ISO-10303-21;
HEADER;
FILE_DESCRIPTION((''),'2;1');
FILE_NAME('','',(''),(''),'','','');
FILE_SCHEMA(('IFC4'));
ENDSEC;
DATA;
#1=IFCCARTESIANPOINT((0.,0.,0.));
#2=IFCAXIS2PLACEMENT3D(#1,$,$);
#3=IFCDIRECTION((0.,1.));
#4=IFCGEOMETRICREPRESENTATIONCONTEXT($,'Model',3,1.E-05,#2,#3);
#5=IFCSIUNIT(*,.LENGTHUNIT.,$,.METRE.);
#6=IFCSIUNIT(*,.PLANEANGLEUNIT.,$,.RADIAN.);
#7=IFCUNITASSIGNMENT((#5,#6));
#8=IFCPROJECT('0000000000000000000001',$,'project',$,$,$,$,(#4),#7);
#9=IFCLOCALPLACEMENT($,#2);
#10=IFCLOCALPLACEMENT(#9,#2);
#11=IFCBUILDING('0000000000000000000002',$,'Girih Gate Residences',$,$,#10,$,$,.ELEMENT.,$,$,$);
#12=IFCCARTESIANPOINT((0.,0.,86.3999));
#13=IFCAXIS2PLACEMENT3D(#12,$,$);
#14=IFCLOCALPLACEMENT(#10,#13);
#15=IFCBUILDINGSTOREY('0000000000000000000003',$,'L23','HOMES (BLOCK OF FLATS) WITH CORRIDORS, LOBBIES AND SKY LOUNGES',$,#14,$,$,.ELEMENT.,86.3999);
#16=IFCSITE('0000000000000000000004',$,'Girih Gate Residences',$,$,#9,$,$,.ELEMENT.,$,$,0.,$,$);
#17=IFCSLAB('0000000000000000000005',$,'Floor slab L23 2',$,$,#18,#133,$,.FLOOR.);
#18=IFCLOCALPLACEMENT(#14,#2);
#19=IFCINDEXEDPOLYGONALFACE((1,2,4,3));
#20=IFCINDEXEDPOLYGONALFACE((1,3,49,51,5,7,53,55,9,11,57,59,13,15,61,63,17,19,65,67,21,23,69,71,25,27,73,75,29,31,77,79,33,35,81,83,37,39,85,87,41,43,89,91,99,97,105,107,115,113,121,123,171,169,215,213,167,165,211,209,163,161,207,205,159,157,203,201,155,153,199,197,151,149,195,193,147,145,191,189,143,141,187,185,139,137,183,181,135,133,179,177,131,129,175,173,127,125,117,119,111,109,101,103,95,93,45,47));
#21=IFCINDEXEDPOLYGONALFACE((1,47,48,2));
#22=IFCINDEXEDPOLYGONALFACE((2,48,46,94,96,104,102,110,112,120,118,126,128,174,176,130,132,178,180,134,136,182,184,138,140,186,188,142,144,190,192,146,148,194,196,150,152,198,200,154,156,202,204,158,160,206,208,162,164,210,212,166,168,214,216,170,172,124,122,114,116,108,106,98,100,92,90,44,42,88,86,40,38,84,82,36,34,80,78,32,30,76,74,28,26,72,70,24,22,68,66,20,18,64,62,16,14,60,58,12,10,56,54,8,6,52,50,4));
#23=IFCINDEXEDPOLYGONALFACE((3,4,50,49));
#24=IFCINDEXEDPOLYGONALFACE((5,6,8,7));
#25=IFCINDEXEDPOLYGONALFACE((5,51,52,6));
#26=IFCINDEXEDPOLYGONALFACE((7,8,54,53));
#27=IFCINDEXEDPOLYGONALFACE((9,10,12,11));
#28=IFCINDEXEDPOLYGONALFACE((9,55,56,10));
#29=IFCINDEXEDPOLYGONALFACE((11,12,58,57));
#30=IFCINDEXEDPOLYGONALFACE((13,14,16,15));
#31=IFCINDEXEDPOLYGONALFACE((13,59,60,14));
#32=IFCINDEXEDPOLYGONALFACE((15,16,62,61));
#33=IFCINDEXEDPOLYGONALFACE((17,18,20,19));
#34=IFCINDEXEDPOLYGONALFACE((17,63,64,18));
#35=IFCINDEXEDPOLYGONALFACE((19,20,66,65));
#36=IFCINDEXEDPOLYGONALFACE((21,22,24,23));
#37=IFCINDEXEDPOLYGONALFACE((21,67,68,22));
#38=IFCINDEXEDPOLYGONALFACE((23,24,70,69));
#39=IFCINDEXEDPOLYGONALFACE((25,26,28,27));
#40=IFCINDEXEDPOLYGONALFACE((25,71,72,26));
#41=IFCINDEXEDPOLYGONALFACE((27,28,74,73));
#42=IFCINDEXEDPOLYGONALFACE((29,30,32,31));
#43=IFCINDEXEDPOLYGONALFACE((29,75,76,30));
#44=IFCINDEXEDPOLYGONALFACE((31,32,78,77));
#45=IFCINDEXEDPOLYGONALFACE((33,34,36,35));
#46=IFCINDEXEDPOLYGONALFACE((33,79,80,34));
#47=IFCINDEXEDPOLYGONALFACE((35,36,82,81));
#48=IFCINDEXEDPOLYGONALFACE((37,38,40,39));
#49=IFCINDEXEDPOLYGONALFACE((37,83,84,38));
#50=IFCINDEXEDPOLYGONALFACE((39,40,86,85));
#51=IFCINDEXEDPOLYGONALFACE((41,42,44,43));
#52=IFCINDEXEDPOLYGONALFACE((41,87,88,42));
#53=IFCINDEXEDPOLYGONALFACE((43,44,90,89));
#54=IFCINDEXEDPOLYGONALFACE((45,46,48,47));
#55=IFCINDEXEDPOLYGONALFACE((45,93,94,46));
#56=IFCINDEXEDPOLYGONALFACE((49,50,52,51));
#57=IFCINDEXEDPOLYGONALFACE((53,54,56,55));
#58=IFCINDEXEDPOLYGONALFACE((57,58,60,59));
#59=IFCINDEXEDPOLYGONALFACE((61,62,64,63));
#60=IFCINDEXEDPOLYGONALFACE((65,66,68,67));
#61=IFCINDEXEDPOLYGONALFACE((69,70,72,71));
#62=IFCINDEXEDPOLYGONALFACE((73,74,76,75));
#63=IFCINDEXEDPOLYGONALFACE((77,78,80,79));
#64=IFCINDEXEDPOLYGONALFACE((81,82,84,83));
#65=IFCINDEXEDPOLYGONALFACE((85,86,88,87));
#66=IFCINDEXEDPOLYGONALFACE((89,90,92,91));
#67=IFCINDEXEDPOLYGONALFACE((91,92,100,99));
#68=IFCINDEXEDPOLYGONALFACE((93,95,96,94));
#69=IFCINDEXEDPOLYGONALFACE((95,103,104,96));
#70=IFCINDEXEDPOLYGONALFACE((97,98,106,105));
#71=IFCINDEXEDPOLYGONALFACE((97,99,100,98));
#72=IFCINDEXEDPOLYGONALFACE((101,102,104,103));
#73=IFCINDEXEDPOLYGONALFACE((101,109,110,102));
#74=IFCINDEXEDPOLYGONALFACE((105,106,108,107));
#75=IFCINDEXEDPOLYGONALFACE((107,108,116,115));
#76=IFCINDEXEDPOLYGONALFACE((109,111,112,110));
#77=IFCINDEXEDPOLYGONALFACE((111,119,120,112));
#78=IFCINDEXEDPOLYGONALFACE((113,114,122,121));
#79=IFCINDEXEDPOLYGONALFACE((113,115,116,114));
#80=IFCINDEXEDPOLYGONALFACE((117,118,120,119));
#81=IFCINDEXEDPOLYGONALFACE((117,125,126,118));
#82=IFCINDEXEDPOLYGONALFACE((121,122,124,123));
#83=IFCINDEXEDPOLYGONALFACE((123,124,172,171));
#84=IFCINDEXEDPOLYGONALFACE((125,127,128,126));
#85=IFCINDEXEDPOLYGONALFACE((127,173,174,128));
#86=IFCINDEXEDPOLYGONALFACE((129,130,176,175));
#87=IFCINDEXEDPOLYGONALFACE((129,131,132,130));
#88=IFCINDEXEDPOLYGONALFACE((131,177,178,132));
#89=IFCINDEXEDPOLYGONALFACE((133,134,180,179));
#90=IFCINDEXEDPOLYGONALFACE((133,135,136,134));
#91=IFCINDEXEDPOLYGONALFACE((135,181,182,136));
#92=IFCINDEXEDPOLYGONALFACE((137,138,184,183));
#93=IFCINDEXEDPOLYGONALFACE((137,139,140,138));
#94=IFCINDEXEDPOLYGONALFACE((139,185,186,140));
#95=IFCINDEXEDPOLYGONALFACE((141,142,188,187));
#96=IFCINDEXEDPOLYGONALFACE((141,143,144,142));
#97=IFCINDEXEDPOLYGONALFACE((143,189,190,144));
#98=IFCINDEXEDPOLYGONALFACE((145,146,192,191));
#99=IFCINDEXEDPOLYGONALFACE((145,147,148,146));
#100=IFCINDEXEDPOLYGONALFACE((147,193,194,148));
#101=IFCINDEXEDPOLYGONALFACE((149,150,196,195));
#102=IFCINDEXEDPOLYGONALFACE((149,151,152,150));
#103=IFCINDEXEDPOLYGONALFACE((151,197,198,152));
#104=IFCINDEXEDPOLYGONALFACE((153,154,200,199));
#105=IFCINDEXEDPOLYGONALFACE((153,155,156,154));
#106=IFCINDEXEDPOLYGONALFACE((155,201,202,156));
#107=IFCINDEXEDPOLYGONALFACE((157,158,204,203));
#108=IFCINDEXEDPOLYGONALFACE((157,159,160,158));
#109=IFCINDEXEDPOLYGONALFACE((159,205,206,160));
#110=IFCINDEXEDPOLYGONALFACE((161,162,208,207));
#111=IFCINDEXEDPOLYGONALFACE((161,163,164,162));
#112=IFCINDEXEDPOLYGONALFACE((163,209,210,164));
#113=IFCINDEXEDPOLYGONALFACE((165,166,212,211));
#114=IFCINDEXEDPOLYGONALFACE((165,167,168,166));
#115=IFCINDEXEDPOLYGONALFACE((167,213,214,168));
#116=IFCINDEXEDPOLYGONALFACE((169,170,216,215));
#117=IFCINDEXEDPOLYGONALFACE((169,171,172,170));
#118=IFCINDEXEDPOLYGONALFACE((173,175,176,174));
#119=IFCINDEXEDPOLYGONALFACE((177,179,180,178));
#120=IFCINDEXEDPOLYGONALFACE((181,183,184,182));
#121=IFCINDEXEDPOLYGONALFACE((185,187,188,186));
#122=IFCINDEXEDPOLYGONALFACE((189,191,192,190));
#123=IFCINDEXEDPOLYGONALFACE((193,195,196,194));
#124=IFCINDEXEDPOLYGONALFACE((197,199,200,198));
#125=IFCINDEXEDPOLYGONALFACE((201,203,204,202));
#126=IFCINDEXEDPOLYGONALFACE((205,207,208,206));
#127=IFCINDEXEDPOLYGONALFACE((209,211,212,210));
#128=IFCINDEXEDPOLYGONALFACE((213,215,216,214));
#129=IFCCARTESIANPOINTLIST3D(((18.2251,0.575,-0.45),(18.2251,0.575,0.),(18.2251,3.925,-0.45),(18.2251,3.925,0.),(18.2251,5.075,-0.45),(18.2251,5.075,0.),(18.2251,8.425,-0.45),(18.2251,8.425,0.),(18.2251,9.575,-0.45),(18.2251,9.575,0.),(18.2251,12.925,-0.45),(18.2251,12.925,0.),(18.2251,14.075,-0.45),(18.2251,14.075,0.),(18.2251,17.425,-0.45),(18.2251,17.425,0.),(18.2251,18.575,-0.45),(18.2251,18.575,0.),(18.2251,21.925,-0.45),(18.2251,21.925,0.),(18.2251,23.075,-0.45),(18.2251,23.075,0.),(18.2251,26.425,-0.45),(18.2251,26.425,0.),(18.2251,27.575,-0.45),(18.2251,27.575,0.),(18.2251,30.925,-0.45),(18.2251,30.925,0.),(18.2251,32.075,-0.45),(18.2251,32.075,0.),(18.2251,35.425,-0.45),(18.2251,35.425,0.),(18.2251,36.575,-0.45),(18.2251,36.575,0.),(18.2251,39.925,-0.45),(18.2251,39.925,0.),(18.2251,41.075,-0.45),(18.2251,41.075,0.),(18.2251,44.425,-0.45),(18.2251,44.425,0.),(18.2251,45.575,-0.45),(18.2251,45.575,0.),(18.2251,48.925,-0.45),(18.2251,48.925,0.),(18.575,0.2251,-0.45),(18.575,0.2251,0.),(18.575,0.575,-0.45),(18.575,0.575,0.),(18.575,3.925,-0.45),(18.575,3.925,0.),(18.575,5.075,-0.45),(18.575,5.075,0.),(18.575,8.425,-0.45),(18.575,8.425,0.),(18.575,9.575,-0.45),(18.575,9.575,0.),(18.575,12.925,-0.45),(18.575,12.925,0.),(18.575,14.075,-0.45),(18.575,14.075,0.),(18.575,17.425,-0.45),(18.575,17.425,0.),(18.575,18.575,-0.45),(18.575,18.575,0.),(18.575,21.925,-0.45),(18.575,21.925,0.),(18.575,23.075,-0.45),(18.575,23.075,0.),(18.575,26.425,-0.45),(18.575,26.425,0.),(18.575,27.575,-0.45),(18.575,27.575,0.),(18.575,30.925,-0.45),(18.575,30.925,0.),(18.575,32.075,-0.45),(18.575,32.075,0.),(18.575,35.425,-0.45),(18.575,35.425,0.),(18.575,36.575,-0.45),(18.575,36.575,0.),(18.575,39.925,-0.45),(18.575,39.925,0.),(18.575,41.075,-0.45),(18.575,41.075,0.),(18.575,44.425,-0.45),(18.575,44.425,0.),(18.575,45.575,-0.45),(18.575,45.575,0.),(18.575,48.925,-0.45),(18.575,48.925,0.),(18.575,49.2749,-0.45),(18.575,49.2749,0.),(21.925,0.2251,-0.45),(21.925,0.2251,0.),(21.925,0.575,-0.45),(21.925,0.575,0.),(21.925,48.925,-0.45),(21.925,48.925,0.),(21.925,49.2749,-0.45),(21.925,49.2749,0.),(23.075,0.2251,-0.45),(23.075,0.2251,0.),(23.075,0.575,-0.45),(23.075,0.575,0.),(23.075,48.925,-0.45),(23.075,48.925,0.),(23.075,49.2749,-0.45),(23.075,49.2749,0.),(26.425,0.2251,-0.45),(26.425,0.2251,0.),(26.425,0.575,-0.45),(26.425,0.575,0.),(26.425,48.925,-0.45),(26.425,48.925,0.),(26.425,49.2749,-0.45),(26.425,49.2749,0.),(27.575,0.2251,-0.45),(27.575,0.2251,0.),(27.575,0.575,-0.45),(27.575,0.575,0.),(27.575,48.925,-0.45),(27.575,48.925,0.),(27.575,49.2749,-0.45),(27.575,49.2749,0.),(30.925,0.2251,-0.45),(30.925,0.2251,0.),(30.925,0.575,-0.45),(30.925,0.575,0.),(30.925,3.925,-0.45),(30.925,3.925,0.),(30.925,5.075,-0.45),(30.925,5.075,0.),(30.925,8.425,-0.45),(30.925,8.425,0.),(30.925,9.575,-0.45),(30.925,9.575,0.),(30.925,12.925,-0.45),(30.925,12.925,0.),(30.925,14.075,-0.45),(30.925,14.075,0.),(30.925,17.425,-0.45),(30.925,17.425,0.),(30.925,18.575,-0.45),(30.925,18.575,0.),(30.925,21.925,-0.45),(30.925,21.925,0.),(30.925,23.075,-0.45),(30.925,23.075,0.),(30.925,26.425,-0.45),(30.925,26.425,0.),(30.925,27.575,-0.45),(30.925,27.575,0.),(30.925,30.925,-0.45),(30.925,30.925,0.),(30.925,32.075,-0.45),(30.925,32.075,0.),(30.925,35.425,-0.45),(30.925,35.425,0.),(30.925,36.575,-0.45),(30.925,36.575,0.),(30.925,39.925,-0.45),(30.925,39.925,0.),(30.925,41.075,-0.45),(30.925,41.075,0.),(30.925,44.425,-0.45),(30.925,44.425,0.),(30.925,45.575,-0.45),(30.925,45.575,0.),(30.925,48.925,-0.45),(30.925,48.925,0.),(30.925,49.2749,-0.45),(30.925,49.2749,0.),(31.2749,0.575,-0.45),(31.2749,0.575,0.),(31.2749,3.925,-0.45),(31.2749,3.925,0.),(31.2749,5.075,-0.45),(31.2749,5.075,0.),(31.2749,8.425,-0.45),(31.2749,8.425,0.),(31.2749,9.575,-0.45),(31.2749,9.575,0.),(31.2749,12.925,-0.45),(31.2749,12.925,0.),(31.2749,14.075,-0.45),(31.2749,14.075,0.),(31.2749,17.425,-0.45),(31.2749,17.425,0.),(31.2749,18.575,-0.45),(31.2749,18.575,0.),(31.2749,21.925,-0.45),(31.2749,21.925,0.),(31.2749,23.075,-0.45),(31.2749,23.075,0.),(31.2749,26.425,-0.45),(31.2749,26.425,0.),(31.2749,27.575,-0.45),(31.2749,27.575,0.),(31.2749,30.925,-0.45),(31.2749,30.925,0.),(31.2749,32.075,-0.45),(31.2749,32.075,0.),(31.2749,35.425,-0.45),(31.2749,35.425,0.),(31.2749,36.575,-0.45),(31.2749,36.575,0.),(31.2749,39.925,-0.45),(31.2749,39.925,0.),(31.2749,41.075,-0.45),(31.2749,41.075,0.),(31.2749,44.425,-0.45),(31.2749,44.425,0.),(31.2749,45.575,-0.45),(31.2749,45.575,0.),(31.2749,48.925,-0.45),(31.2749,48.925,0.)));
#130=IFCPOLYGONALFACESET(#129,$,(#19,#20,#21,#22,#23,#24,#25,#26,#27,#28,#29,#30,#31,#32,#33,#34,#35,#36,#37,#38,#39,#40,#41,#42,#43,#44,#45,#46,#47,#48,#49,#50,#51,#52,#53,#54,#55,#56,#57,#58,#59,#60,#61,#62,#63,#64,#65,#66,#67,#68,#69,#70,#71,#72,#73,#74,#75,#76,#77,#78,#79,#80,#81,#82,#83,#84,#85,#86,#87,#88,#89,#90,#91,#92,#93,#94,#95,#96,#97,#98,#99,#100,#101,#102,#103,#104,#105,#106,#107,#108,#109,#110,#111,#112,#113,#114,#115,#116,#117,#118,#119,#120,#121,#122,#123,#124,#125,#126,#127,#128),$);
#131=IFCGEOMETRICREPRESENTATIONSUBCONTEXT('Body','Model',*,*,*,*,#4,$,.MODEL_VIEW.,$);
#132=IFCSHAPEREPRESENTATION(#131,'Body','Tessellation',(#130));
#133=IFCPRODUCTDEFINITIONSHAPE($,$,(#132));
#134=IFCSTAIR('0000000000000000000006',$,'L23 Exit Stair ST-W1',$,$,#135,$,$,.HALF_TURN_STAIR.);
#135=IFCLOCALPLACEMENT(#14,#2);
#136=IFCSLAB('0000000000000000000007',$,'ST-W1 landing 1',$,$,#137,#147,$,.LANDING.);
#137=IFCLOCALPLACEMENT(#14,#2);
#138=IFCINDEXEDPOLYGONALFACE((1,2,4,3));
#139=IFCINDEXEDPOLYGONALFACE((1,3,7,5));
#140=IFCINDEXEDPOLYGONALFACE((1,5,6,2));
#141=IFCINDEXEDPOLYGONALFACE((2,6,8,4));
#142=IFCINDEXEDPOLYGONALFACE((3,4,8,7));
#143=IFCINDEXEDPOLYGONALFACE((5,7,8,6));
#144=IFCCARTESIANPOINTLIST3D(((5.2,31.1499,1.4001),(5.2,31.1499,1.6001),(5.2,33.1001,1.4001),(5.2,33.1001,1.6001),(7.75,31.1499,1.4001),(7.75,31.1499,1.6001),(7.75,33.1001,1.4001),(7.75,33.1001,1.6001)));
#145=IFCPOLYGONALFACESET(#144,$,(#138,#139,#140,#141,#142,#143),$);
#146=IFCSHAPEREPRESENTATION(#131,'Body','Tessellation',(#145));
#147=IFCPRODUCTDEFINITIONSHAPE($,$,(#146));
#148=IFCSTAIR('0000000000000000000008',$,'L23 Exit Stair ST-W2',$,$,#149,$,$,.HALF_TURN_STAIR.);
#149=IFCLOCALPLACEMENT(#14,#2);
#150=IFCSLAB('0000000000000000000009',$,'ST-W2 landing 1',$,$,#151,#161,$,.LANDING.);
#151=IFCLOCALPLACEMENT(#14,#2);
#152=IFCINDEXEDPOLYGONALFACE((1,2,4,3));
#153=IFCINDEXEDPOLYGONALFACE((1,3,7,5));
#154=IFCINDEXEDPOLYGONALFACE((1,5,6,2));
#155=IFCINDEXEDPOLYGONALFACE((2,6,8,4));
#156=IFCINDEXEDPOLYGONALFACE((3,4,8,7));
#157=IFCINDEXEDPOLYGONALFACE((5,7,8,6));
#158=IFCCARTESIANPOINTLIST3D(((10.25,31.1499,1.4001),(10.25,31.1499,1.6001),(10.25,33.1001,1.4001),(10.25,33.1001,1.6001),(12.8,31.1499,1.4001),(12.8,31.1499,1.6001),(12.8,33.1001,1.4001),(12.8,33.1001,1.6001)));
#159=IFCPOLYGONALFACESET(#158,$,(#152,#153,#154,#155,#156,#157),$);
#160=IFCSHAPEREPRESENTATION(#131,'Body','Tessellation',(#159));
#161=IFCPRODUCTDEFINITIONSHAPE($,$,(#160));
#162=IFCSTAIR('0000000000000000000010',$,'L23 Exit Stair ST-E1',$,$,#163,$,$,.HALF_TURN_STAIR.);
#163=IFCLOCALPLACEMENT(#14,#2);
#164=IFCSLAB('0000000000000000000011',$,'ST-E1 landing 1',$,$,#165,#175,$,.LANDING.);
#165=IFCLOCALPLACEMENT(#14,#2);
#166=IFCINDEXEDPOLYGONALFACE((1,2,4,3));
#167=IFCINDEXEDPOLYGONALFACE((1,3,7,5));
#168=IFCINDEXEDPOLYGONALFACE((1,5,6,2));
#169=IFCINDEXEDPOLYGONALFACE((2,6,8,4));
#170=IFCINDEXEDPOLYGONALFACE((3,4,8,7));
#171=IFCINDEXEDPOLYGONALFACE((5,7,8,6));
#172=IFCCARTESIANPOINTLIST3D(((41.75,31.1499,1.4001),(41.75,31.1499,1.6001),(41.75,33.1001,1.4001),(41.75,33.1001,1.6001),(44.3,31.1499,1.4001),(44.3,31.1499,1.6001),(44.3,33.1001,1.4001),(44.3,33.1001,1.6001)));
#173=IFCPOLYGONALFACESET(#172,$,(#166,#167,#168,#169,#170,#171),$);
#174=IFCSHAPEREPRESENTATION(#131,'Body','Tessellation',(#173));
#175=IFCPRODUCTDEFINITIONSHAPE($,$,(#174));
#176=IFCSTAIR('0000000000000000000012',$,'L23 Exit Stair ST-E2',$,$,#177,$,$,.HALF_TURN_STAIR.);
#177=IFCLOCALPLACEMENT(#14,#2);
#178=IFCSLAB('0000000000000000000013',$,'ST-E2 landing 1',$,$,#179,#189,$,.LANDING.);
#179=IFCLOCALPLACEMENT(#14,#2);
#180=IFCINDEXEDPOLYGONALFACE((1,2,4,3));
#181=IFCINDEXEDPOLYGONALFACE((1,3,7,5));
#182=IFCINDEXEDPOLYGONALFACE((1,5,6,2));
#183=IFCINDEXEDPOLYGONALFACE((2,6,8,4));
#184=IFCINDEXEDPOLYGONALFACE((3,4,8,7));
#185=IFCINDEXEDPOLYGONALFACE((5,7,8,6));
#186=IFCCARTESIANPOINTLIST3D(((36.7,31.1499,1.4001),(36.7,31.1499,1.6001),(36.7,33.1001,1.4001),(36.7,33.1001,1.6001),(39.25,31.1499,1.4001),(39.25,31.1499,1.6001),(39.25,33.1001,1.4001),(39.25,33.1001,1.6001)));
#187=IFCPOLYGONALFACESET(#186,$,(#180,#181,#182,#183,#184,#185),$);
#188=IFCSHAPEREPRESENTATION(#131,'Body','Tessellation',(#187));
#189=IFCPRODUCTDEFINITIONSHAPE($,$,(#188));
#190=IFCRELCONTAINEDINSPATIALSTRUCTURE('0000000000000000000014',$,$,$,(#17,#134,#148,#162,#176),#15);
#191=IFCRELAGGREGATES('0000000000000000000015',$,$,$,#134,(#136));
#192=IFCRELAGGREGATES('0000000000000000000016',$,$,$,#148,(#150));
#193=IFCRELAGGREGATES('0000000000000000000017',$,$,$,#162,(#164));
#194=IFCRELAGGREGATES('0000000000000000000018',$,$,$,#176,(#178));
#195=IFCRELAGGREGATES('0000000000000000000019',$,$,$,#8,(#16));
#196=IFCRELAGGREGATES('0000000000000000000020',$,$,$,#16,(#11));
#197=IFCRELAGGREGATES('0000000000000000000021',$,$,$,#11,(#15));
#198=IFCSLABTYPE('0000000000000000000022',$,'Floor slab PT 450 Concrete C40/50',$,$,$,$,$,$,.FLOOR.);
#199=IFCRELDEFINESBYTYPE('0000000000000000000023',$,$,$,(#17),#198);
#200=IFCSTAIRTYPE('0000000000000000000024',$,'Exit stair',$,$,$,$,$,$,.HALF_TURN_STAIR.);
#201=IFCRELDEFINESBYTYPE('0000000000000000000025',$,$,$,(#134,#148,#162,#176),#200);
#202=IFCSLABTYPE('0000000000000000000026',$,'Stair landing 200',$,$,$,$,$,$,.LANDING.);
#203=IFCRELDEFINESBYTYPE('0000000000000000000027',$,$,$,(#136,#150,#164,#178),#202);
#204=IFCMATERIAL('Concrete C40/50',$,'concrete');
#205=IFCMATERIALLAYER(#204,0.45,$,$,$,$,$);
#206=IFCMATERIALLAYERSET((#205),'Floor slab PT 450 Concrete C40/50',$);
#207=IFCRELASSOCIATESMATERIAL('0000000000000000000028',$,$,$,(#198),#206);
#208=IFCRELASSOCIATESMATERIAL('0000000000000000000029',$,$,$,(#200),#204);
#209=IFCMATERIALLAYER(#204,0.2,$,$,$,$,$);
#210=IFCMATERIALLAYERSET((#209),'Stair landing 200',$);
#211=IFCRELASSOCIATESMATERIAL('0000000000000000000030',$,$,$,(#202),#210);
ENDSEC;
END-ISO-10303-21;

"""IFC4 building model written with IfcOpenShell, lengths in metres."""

from ifc_helpers import new_model, si_unit, direction, frame, origin, place, context, subcontext, project, spatial, polyline, outline, extrude, material, layer, layer_set, type_object, element, aggregate, save


model = new_model("IFC4")

# Units and contexts
model_context = context("Model", 3, precision=1e-05, world=origin(), true_north=direction((0.0, 1.0)))
body_context = subcontext(model_context, "Body", "Model", "MODEL_VIEW")
ifc_project = project(units=[si_unit("LENGTHUNIT", "METRE"), si_unit("PLANEANGLEUNIT", "RADIAN")], contexts=[model_context])

# Site, building, storey
site_placement = place(None, origin())
site = spatial("IfcSite", under=ifc_project, at=site_placement, Name="Girih Gate Residences", CompositionType="ELEMENT", RefElevation=0.0)
building_placement = place(site_placement, origin())
building = spatial("IfcBuilding", under=site, at=building_placement, Name="Girih Gate Residences", CompositionType="ELEMENT")
storey_placement = place(building_placement, frame((0.0, 0.0, 86.3999)))
storey = spatial("IfcBuildingStorey", under=building, at=storey_placement, Name="L23", Description="HOMES (BLOCK OF FLATS) WITH CORRIDORS, LOBBIES AND SKY LOUNGES", CompositionType="ELEMENT", Elevation=86.3999)

# Slab
ifc_material_1 = material(Name="Concrete C40/50", Category="concrete")
ifc_layer_1 = layer(ifc_material_1, 0.45)
ifc_layer_set_1 = layer_set([ifc_layer_1], Name="Floor slab PT 450 Concrete C40/50")
slab_type_1 = type_object("IfcSlabType", Name="Floor slab PT 450 Concrete C40/50", PredefinedType="FLOOR", material=ifc_layer_set_1)
slab_1_placement = place(storey_placement, frame((0.0, 0.0, -0.45)))
element("IfcSlab", 1, at=slab_1_placement, inside=storey, type_object=slab_type_1, Name="Floor slab L23 2", PredefinedType="FLOOR", context=body_context, shape_type="SweptSolid", body=[
    extrude(outline(polyline([(21.925, 49.2749), (18.575, 49.2749), (18.575, 48.925), (18.2251, 48.925), (18.2251, 45.575), (18.575, 45.575), (18.575, 44.425), (18.2251, 44.425), (18.2251, 41.075), (18.575, 41.075), (18.575, 39.925), (18.2251, 39.925), (18.2251, 36.575), (18.575, 36.575), (18.575, 35.425), (18.2251, 35.425), (18.2251, 32.075), (18.575, 32.075), (18.575, 30.925), (18.2251, 30.925), (18.2251, 27.575), (18.575, 27.575), (18.575, 26.425), (18.2251, 26.425), (18.2251, 23.075), (18.575, 23.075), (18.575, 21.925), (18.2251, 21.925), (18.2251, 18.575), (18.575, 18.575), (18.575, 17.425), (18.2251, 17.425), (18.2251, 14.075), (18.575, 14.075), (18.575, 12.925), (18.2251, 12.925), (18.2251, 9.575), (18.575, 9.575), (18.575, 8.425), (18.2251, 8.425), (18.2251, 5.075), (18.575, 5.075), (18.575, 3.925), (18.2251, 3.925), (18.2251, 0.575), (18.575, 0.575), (18.575, 0.2251), (21.925, 0.2251), (21.925, 0.575), (23.075, 0.575), (23.075, 0.2251), (26.425, 0.2251), (26.425, 0.575), (27.575, 0.575), (27.575, 0.2251), (30.925, 0.2251), (30.925, 0.575), (31.2749, 0.575), (31.2749, 3.925), (30.925, 3.925), (30.925, 5.075), (31.2749, 5.075), (31.2749, 8.425), (30.925, 8.425), (30.925, 9.575), (31.2749, 9.575), (31.2749, 12.925), (30.925, 12.925), (30.925, 14.075), (31.2749, 14.075), (31.2749, 17.425), (30.925, 17.425), (30.925, 18.575), (31.2749, 18.575), (31.2749, 21.925), (30.925, 21.925), (30.925, 23.075), (31.2749, 23.075), (31.2749, 26.425), (30.925, 26.425), (30.925, 27.575), (31.2749, 27.575), (31.2749, 30.925), (30.925, 30.925), (30.925, 32.075), (31.2749, 32.075), (31.2749, 35.425), (30.925, 35.425), (30.925, 36.575), (31.2749, 36.575), (31.2749, 39.925), (30.925, 39.925), (30.925, 41.075), (31.2749, 41.075), (31.2749, 44.425), (30.925, 44.425), (30.925, 45.575), (31.2749, 45.575), (31.2749, 48.925), (30.925, 48.925), (30.925, 49.2749), (27.575, 49.2749), (27.575, 48.925), (26.425, 48.925), (26.425, 49.2749), (23.075, 49.2749), (23.075, 48.925), (21.925, 48.925), (21.925, 49.2749)])), origin(), (0.0, 0.0, 1.0), 0.45),
])

# Stairs, slabs
stair_type = type_object("IfcStairType", Name="Exit stair", PredefinedType="HALF_TURN_STAIR", material=ifc_material_1)
stair_1_placement = place(storey_placement, origin())
stair_1 = element("IfcStair", 2, at=stair_1_placement, inside=storey, type_object=stair_type, Name="L23 Exit Stair ST-W1", PredefinedType="HALF_TURN_STAIR")
ifc_layer_2 = layer(ifc_material_1, 0.2)
ifc_layer_set_2 = layer_set([ifc_layer_2], Name="Stair landing 200")
slab_type_2 = type_object("IfcSlabType", Name="Stair landing 200", PredefinedType="LANDING", material=ifc_layer_set_2)
slab_2_placement = place(storey_placement, frame((0.0, 0.0, 1.4001)))
slab_2 = element("IfcSlab", 3, at=slab_2_placement, type_object=slab_type_2, Name="ST-W1 landing 1", PredefinedType="LANDING", context=body_context, shape_type="SweptSolid", body=[
    extrude(outline(polyline([(7.75, 31.1499), (7.75, 33.1001), (5.2, 33.1001), (5.2, 31.1499), (7.75, 31.1499)])), origin(), (0.0, 0.0, 1.0), 0.2),
])
aggregate(stair_1, [slab_2])
stair_2_placement = place(storey_placement, origin())
stair_2 = element("IfcStair", 4, at=stair_2_placement, inside=storey, type_object=stair_type, Name="L23 Exit Stair ST-W2", PredefinedType="HALF_TURN_STAIR")
slab_3_placement = place(storey_placement, frame((0.0, 0.0, 1.4001)))
slab_3 = element("IfcSlab", 5, at=slab_3_placement, type_object=slab_type_2, Name="ST-W2 landing 1", PredefinedType="LANDING", context=body_context, shape_type="SweptSolid", body=[
    extrude(outline(polyline([(12.8, 31.1499), (12.8, 33.1001), (10.25, 33.1001), (10.25, 31.1499), (12.8, 31.1499)])), origin(), (0.0, 0.0, 1.0), 0.2),
])
aggregate(stair_2, [slab_3])
stair_3_placement = place(storey_placement, origin())
stair_3 = element("IfcStair", 6, at=stair_3_placement, inside=storey, type_object=stair_type, Name="L23 Exit Stair ST-E1", PredefinedType="HALF_TURN_STAIR")
slab_4_placement = place(storey_placement, frame((0.0, 0.0, 1.4001)))
slab_4 = element("IfcSlab", 7, at=slab_4_placement, type_object=slab_type_2, Name="ST-E1 landing 1", PredefinedType="LANDING", context=body_context, shape_type="SweptSolid", body=[
    extrude(outline(polyline([(44.3, 31.1499), (44.3, 33.1001), (41.75, 33.1001), (41.75, 31.1499), (44.3, 31.1499)])), origin(), (0.0, 0.0, 1.0), 0.2),
])
aggregate(stair_3, [slab_4])
stair_4_placement = place(storey_placement, origin())
stair_4 = element("IfcStair", 8, at=stair_4_placement, inside=storey, type_object=stair_type, Name="L23 Exit Stair ST-E2", PredefinedType="HALF_TURN_STAIR")
slab_5_placement = place(storey_placement, frame((0.0, 0.0, 1.4001)))
slab_5 = element("IfcSlab", 9, at=slab_5_placement, type_object=slab_type_2, Name="ST-E2 landing 1", PredefinedType="LANDING", context=body_context, shape_type="SweptSolid", body=[
    extrude(outline(polyline([(39.25, 31.1499), (39.25, 33.1001), (36.7, 33.1001), (36.7, 31.1499), (39.25, 31.1499)])), origin(), (0.0, 0.0, 1.0), 0.2),
])
aggregate(stair_4, [slab_5])

save(model, "model.ifc")
